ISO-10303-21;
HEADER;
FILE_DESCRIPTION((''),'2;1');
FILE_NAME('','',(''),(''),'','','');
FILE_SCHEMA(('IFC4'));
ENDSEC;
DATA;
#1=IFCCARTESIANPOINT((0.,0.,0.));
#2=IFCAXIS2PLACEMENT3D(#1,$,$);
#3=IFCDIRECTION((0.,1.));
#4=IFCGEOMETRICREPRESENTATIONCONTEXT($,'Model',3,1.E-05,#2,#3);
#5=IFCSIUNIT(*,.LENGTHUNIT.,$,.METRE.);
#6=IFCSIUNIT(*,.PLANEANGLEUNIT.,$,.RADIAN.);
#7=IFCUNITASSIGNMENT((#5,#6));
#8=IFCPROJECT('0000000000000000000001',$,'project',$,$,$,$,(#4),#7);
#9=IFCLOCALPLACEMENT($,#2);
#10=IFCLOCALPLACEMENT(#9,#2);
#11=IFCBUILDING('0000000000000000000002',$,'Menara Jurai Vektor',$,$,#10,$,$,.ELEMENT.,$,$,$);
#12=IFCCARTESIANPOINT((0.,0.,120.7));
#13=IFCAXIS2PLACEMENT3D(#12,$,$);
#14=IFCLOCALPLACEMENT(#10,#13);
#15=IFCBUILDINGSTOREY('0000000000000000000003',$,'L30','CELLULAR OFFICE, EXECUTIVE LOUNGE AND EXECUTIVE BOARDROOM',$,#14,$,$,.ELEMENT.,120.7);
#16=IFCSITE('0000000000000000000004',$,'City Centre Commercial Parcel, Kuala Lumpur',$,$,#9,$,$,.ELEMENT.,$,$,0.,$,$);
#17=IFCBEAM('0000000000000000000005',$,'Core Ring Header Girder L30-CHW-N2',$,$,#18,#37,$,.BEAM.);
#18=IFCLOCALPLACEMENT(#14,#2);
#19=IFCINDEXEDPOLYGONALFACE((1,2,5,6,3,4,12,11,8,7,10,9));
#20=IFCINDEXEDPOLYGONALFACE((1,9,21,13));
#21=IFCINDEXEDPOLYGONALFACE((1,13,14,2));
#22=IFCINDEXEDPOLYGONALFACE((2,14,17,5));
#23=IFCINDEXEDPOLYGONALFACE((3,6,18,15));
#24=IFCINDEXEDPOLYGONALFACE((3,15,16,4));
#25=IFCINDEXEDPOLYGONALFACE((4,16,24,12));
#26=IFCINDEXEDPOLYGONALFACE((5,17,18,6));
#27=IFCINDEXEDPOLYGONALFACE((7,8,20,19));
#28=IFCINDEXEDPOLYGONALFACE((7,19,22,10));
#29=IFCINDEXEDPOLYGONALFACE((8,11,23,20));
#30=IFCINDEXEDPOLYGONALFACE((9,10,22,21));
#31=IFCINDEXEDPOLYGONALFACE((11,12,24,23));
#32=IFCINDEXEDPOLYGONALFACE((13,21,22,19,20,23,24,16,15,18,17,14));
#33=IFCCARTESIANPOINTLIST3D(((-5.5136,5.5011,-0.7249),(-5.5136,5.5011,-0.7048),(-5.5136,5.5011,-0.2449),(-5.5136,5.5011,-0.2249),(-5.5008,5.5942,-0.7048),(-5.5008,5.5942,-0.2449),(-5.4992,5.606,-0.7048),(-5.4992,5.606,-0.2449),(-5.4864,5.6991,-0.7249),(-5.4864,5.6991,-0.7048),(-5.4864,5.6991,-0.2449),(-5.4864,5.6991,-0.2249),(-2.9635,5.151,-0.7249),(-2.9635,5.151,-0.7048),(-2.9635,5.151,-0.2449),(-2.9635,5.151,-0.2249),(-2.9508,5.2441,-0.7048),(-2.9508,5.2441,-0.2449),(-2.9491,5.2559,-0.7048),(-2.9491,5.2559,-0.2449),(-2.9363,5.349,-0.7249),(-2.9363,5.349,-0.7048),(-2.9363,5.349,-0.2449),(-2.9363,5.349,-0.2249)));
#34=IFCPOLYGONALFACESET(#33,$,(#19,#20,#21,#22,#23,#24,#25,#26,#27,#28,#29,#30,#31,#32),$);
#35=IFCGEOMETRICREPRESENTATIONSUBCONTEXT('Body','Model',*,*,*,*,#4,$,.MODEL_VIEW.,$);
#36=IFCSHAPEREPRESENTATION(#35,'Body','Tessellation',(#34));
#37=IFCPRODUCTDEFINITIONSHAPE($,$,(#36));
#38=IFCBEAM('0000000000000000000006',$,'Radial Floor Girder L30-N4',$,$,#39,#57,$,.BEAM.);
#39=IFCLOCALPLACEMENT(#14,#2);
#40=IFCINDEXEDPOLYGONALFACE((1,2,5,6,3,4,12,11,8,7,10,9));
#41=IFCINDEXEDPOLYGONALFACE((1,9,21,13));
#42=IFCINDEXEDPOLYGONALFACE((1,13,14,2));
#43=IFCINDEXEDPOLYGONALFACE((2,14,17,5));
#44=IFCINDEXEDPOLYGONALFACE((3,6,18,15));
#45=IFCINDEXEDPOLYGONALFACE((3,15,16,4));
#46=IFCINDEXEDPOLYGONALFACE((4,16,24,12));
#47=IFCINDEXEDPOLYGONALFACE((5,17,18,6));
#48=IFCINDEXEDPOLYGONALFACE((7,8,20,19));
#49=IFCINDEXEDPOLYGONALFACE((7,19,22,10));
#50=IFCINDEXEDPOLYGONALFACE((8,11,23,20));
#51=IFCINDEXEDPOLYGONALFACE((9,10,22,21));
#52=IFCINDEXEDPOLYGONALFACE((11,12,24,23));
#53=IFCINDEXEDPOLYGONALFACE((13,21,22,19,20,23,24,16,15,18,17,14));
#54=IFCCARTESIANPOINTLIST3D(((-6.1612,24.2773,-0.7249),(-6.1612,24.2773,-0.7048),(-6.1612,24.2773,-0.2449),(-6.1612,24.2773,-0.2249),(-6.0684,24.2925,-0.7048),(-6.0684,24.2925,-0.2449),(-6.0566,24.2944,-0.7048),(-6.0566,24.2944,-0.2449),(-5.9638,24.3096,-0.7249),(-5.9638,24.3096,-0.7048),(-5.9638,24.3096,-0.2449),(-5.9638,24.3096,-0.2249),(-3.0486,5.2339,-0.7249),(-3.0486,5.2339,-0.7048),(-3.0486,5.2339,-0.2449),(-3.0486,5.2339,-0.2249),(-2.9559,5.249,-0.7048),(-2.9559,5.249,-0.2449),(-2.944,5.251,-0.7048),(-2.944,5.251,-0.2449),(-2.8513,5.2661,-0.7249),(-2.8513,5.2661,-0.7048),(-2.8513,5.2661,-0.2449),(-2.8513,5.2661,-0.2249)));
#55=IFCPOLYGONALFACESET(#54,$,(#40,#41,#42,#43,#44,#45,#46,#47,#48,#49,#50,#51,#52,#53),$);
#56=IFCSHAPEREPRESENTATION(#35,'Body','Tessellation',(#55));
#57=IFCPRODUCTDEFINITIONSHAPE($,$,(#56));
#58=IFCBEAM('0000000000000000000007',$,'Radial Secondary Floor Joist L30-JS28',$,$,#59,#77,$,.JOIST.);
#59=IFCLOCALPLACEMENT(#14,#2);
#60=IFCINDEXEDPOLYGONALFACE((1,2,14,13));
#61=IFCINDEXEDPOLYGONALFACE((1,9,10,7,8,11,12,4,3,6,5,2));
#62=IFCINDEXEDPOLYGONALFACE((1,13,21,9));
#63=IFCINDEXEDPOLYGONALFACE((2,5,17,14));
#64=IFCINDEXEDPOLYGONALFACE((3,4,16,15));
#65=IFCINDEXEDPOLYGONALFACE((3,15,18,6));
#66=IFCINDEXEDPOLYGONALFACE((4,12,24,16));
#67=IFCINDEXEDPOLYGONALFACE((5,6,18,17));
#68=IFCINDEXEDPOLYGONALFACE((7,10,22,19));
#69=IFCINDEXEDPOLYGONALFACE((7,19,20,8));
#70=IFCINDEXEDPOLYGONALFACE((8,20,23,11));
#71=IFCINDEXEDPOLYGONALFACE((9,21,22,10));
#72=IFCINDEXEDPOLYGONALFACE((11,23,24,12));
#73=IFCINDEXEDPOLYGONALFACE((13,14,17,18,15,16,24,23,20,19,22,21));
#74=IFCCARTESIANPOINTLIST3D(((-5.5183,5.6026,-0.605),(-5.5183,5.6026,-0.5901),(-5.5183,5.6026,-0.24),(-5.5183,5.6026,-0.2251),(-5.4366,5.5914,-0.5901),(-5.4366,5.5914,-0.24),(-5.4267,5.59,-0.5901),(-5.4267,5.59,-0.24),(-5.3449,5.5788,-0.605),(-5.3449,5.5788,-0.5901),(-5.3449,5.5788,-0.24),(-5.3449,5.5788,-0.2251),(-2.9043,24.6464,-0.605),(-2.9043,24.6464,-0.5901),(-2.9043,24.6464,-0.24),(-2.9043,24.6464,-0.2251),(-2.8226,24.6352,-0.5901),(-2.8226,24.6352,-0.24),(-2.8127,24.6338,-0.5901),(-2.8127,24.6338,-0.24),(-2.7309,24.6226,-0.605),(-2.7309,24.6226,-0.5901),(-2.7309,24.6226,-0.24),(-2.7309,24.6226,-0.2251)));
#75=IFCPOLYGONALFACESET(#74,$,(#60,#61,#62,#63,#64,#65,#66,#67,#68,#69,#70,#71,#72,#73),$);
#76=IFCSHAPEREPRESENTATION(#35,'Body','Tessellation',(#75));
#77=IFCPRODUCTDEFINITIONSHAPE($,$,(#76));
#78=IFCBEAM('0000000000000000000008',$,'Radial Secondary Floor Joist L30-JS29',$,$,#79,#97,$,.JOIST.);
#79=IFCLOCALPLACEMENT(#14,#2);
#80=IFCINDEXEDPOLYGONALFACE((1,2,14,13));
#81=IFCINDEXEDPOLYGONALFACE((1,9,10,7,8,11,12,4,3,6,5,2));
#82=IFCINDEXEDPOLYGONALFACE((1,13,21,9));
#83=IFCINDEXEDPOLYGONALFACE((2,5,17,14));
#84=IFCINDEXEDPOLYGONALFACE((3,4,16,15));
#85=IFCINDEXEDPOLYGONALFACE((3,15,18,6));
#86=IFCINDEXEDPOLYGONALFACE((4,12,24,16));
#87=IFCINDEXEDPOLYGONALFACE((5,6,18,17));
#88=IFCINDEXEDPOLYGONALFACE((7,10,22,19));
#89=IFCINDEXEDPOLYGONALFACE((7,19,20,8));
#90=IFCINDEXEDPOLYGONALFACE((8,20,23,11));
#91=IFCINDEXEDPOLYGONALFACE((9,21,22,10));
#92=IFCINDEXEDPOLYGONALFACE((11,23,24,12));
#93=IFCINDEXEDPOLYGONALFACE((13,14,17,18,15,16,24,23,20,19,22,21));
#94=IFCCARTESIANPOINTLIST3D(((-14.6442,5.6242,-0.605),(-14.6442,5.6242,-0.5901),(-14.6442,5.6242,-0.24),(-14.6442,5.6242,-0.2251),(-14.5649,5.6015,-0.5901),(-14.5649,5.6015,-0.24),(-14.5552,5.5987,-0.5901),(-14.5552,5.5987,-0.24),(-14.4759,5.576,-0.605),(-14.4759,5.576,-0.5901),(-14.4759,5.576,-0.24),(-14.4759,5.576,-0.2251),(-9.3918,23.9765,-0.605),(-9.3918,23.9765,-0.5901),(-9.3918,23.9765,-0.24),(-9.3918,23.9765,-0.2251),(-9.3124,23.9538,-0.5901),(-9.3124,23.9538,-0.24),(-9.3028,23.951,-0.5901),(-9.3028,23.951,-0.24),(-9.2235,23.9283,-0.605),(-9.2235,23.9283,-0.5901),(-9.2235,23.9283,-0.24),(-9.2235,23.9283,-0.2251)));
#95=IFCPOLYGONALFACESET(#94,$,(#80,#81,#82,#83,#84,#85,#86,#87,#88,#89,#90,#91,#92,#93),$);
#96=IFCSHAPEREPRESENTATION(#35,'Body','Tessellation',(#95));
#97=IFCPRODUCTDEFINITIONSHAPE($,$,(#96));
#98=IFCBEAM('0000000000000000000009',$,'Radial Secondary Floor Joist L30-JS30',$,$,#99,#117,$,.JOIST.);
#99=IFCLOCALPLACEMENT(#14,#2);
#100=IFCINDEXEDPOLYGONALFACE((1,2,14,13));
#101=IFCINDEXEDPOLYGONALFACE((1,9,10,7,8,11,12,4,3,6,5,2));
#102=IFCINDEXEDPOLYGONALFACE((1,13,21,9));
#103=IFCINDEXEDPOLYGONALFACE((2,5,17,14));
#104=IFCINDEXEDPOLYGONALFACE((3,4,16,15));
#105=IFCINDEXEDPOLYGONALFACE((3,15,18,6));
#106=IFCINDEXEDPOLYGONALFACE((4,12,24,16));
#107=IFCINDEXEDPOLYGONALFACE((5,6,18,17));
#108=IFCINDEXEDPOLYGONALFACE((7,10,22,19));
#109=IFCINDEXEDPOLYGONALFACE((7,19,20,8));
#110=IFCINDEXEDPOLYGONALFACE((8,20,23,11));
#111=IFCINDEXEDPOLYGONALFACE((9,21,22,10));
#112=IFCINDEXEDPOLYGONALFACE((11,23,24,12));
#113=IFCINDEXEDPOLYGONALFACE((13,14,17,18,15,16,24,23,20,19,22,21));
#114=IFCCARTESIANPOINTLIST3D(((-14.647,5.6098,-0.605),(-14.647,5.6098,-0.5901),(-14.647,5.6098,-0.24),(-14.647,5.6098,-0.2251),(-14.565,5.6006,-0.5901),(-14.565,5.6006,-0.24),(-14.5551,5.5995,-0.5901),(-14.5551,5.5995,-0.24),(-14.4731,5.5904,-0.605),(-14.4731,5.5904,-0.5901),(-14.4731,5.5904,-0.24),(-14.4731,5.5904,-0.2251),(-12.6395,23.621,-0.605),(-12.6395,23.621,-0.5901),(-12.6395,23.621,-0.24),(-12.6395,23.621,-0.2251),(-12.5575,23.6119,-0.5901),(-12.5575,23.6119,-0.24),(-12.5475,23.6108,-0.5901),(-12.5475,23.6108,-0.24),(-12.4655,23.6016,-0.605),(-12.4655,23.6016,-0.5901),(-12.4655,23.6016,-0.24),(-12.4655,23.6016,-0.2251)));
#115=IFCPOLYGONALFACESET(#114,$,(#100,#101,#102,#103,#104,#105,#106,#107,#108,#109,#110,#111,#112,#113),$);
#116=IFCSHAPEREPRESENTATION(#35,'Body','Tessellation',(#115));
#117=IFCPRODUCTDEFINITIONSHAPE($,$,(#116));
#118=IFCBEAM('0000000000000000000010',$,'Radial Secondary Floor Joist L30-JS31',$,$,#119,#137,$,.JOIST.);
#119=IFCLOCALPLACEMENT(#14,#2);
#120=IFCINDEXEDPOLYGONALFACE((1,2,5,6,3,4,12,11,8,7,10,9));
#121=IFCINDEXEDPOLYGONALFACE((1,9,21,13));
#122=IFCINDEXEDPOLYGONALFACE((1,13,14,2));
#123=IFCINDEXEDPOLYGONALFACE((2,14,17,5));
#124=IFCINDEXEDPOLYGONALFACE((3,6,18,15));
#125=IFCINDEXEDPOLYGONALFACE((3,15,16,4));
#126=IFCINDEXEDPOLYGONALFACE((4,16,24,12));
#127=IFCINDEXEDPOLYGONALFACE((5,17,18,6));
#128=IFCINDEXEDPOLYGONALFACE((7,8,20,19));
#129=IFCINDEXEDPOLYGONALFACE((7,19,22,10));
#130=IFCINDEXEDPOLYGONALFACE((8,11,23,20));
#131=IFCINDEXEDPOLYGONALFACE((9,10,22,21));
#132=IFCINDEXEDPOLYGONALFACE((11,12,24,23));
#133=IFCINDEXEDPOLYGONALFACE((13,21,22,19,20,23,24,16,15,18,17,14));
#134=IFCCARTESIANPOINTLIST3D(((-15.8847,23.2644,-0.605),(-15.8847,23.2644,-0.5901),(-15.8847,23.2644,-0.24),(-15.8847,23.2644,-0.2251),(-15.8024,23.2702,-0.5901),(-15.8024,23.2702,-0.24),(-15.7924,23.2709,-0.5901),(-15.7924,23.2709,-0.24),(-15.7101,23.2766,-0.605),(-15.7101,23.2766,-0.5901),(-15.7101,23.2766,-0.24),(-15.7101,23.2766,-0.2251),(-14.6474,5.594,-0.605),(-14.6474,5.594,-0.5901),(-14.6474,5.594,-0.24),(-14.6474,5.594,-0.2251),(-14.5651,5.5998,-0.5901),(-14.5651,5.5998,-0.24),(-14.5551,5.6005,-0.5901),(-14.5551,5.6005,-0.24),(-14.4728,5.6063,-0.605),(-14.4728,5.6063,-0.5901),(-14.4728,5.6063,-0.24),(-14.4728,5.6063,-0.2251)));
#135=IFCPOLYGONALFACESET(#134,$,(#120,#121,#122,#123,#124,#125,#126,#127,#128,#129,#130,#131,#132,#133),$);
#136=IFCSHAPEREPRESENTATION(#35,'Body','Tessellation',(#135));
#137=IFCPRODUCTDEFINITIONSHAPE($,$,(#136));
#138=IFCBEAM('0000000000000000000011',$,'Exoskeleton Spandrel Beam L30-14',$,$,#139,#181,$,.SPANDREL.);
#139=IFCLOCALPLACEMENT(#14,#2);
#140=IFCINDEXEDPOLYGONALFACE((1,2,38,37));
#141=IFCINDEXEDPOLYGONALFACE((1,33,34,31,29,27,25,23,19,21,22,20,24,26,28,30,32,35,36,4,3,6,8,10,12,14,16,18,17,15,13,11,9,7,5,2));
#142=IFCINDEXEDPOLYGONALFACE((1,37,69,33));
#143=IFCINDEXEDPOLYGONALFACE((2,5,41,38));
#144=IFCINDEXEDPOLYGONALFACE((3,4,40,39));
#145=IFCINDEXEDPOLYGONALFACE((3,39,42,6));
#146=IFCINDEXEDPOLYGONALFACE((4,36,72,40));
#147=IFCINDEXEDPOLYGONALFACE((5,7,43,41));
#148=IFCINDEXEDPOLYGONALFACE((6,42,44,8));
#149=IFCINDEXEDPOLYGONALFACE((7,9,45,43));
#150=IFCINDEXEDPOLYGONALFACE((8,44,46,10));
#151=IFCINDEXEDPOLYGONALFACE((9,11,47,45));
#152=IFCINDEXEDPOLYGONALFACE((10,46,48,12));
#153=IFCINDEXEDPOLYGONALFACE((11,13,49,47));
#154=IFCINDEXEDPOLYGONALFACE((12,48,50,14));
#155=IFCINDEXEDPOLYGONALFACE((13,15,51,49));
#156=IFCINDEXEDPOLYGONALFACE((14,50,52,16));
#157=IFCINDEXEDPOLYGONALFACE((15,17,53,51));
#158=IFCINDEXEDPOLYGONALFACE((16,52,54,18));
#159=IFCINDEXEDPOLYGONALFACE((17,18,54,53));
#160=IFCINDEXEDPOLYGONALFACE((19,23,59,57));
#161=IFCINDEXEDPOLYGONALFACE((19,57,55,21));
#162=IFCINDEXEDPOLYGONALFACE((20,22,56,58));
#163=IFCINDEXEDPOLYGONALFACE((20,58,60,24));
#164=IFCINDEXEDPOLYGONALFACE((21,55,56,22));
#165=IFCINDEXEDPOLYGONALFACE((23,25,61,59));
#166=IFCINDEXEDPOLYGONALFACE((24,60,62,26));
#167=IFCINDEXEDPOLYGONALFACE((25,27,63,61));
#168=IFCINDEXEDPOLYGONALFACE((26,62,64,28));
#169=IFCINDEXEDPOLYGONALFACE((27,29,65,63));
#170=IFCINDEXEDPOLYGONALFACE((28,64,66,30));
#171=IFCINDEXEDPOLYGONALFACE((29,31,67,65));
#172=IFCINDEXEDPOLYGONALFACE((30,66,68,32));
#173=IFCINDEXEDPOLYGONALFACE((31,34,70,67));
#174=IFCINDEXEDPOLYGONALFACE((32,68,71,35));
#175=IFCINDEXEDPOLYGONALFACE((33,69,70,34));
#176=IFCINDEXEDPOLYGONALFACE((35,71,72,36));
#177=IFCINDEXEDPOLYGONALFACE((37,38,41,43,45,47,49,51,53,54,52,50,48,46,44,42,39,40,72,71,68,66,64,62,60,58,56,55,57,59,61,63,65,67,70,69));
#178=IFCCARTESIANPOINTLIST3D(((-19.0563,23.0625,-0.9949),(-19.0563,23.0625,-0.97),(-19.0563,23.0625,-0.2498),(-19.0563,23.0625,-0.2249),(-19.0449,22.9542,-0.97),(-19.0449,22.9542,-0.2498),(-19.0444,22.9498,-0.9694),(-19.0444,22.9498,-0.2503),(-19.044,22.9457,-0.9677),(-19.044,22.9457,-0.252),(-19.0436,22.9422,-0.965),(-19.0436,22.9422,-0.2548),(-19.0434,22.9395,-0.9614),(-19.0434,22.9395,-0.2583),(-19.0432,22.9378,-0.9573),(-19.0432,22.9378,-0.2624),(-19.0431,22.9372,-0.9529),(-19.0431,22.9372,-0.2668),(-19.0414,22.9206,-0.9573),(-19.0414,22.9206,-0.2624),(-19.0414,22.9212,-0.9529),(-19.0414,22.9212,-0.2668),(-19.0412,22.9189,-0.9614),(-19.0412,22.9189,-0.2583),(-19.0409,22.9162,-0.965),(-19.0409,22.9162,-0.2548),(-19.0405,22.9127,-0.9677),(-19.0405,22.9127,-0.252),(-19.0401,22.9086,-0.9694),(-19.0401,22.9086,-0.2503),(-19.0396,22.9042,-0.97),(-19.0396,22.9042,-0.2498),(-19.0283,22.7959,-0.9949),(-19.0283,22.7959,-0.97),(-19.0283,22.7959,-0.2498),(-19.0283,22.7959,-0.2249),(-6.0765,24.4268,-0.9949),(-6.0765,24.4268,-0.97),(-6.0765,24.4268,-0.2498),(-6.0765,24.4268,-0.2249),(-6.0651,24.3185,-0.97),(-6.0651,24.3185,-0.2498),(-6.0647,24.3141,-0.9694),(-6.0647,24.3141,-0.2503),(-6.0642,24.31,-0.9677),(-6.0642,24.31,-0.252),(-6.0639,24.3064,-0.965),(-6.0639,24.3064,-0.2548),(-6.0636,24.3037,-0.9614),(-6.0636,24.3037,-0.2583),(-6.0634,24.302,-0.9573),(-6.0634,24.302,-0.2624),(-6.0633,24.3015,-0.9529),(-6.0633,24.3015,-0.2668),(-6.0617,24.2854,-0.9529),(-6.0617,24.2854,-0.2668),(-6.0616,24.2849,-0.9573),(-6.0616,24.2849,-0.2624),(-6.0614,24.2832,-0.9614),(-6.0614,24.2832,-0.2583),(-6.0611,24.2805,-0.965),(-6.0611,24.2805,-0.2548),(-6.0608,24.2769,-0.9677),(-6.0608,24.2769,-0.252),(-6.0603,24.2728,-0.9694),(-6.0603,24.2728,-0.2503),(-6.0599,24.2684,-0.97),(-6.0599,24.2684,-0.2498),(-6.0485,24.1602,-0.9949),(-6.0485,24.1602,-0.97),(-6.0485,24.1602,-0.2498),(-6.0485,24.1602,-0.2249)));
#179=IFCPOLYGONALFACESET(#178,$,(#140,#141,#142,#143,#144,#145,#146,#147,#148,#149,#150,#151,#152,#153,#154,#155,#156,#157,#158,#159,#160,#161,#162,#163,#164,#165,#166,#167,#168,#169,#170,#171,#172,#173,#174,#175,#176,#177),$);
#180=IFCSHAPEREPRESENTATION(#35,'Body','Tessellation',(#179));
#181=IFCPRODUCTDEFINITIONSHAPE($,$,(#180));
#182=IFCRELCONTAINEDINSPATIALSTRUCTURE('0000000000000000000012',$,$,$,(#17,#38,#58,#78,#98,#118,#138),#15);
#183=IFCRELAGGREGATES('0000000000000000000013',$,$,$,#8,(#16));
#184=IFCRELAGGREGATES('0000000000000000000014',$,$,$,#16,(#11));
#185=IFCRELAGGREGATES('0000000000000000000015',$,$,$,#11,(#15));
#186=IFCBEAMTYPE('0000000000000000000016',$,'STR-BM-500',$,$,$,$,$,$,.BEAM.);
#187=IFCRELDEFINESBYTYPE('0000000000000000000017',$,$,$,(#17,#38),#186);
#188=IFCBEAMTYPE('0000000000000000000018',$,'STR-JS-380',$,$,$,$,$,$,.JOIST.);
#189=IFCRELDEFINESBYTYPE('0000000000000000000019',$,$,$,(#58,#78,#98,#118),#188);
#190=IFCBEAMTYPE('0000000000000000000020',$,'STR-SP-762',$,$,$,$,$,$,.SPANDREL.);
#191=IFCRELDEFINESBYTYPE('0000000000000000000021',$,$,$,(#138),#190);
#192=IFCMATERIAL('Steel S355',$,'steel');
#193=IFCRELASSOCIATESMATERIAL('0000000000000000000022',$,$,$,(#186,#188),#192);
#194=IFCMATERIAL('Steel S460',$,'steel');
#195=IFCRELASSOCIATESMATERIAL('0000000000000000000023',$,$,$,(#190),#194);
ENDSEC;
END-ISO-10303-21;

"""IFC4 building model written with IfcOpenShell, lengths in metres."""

from ifc_helpers import new_model, si_unit, direction, frame, origin, origin_2d, place, context, subcontext, project, spatial, i_section, extrude, material, material_profile, profile_set, type_object, element, save


model = new_model("IFC4")

# Units and contexts
model_context = context("Model", 3, precision=1e-05, world=origin(), true_north=direction((0.0, 1.0)))
body_context = subcontext(model_context, "Body", "Model", "MODEL_VIEW")
ifc_project = project(units=[si_unit("LENGTHUNIT", "METRE"), si_unit("PLANEANGLEUNIT", "RADIAN")], contexts=[model_context])

# Site, building, storey
site_placement = place(None, origin())
site = spatial("IfcSite", under=ifc_project, at=site_placement, Name="City Centre Commercial Parcel, Kuala Lumpur", CompositionType="ELEMENT", RefElevation=0.0)
building_placement = place(site_placement, origin())
building = spatial("IfcBuilding", under=site, at=building_placement, Name="Menara Jurai Vektor", CompositionType="ELEMENT")
storey_placement = place(building_placement, frame((0.0, 0.0, 120.7)))
storey = spatial("IfcBuildingStorey", under=building, at=storey_placement, Name="L30", Description="CELLULAR OFFICE, EXECUTIVE LOUNGE AND EXECUTIVE BOARDROOM", CompositionType="ELEMENT", Elevation=120.7)

# Shared definitions
ifc_material_1 = material(Name="Steel S460", Category="steel")

# Beams
ifc_material_2 = material(Name="Steel S355", Category="steel")
ifc_material_profile_1 = material_profile(ifc_material_2, i_section(OverallWidth=0.2, OverallDepth=0.5, WebThickness=0.012, FlangeThickness=0.02, at=origin_2d()), Name="PG 500x200x96")
ifc_profile_set_1 = profile_set([ifc_material_profile_1], Name="Steel S355")
beam_type_1 = type_object("IfcBeamType", Name="STR-BM-500", PredefinedType="BEAM", material=ifc_profile_set_1)
beam_1_placement = place(storey_placement, frame((-5.5, 5.6001, -0.4749), z_axis=(0.990707, -0.136015, 0.0), x_axis=(0.136015, 0.990707, 0.0)))
element("IfcBeam", 1, at=beam_1_placement, inside=storey, type_object=beam_type_1, Name="Core Ring Header Girder L30-CHW-N2", PredefinedType="BEAM", context=body_context, shape_type="SweptSolid", body=[
    extrude(i_section(OverallWidth=0.2, OverallDepth=0.5, WebThickness=0.012, FlangeThickness=0.02, at=origin_2d()), origin(), (0.0, 0.0, 1.0), 2.574),
])
beam_2_placement = place(storey_placement, frame((-6.0625, 24.2935, -0.4749), z_axis=(0.161304, -0.986905, 0.0), x_axis=(0.986905, 0.161304, 0.0)))
element("IfcBeam", 2, at=beam_2_placement, inside=storey, type_object=beam_type_1, Name="Radial Floor Girder L30-N4", PredefinedType="BEAM", context=body_context, shape_type="SweptSolid", body=[
    extrude(i_section(OverallWidth=0.2, OverallDepth=0.5, WebThickness=0.012, FlangeThickness=0.02, at=origin_2d()), origin(), (0.0, 0.0, 1.0), 19.2961),
])
ifc_material_profile_2 = material_profile(ifc_material_2, i_section(OverallWidth=0.175, OverallDepth=0.3799, WebThickness=0.01, FlangeThickness=0.0149, at=origin_2d()), Name="PG 380x175x58")
ifc_profile_set_2 = profile_set([ifc_material_profile_2], Name="Steel S355")
beam_type_2 = type_object("IfcBeamType", Name="STR-JS-380", PredefinedType="JOIST", material=ifc_profile_set_2)
beam_3_placement = place(storey_placement, frame((-2.8176, 24.6345, -0.415), z_axis=(-0.135987, -0.990711, 0.0), x_axis=(0.990711, -0.135987, 0.0)))
element("IfcBeam", 3, at=beam_3_placement, inside=storey, type_object=beam_type_2, Name="Radial Secondary Floor Joist L30-JS28", PredefinedType="JOIST", context=body_context, shape_type="SweptSolid", body=[
    extrude(i_section(OverallWidth=0.175, OverallDepth=0.3799, WebThickness=0.01, FlangeThickness=0.0149, at=origin_2d()), origin(), (0.0, 0.0, 1.0), 19.2224),
])
beam_4_placement = place(storey_placement, frame((-9.3076, 23.9524, -0.415), z_axis=(-0.275154, -0.9614, 0.0), x_axis=(0.9614, -0.275154, 0.0)))
element("IfcBeam", 4, at=beam_4_placement, inside=storey, type_object=beam_type_2, Name="Radial Secondary Floor Joist L30-JS29", PredefinedType="JOIST", context=body_context, shape_type="SweptSolid", body=[
    extrude(i_section(OverallWidth=0.175, OverallDepth=0.3799, WebThickness=0.01, FlangeThickness=0.0149, at=origin_2d()), origin(), (0.0, 0.0, 1.0), 19.0891),
])
beam_5_placement = place(storey_placement, frame((-12.5525, 23.6113, -0.415), z_axis=(-0.110776, -0.993845, 0.0), x_axis=(0.993845, -0.110776, 0.0)))
element("IfcBeam", 5, at=beam_5_placement, inside=storey, type_object=beam_type_2, Name="Radial Secondary Floor Joist L30-JS30", PredefinedType="JOIST", context=body_context, shape_type="SweptSolid", body=[
    extrude(i_section(OverallWidth=0.175, OverallDepth=0.3799, WebThickness=0.01, FlangeThickness=0.0149, at=origin_2d()), origin(), (0.0, 0.0, 1.0), 18.1228),
])
beam_6_placement = place(storey_placement, frame((-15.7974, 23.2705, -0.415), z_axis=(0.06985, -0.997557, 0.0), x_axis=(0.997557, 0.06985, 0.0)))
element("IfcBeam", 6, at=beam_6_placement, inside=storey, type_object=beam_type_2, Name="Radial Secondary Floor Joist L30-JS31", PredefinedType="JOIST", context=body_context, shape_type="SweptSolid", body=[
    extrude(i_section(OverallWidth=0.175, OverallDepth=0.3799, WebThickness=0.01, FlangeThickness=0.0149, at=origin_2d()), origin(), (0.0, 0.0, 1.0), 17.7136),
])
ifc_material_profile_3 = material_profile(ifc_material_1, i_section(OverallWidth=0.2681, OverallDepth=0.77, WebThickness=0.0161, FlangeThickness=0.0249, FilletRadius=0.0171, at=origin_2d()), Name="UKB 762x267x197")
ifc_profile_set_3 = profile_set([ifc_material_profile_3], Name="Steel S460")
beam_type_3 = type_object("IfcBeamType", Name="STR-SP-762", PredefinedType="SPANDREL", material=ifc_profile_set_3)
beam_7_placement = place(storey_placement, frame((-6.0625, 24.2935, -0.6099), z_axis=(-0.994522, -0.104531, 0.0), x_axis=(0.104531, -0.994522, 0.0)))
element("IfcBeam", 7, at=beam_7_placement, inside=storey, type_object=beam_type_3, Name="Exoskeleton Spandrel Beam L30-14", PredefinedType="SPANDREL", context=body_context, shape_type="SweptSolid", body=[
    extrude(i_section(OverallWidth=0.2681, OverallDepth=0.77, WebThickness=0.0161, FlangeThickness=0.0249, FilletRadius=0.0171, at=origin_2d()), origin(), (0.0, 0.0, 1.0), 13.0513),
])

save(model, "model.ifc")
